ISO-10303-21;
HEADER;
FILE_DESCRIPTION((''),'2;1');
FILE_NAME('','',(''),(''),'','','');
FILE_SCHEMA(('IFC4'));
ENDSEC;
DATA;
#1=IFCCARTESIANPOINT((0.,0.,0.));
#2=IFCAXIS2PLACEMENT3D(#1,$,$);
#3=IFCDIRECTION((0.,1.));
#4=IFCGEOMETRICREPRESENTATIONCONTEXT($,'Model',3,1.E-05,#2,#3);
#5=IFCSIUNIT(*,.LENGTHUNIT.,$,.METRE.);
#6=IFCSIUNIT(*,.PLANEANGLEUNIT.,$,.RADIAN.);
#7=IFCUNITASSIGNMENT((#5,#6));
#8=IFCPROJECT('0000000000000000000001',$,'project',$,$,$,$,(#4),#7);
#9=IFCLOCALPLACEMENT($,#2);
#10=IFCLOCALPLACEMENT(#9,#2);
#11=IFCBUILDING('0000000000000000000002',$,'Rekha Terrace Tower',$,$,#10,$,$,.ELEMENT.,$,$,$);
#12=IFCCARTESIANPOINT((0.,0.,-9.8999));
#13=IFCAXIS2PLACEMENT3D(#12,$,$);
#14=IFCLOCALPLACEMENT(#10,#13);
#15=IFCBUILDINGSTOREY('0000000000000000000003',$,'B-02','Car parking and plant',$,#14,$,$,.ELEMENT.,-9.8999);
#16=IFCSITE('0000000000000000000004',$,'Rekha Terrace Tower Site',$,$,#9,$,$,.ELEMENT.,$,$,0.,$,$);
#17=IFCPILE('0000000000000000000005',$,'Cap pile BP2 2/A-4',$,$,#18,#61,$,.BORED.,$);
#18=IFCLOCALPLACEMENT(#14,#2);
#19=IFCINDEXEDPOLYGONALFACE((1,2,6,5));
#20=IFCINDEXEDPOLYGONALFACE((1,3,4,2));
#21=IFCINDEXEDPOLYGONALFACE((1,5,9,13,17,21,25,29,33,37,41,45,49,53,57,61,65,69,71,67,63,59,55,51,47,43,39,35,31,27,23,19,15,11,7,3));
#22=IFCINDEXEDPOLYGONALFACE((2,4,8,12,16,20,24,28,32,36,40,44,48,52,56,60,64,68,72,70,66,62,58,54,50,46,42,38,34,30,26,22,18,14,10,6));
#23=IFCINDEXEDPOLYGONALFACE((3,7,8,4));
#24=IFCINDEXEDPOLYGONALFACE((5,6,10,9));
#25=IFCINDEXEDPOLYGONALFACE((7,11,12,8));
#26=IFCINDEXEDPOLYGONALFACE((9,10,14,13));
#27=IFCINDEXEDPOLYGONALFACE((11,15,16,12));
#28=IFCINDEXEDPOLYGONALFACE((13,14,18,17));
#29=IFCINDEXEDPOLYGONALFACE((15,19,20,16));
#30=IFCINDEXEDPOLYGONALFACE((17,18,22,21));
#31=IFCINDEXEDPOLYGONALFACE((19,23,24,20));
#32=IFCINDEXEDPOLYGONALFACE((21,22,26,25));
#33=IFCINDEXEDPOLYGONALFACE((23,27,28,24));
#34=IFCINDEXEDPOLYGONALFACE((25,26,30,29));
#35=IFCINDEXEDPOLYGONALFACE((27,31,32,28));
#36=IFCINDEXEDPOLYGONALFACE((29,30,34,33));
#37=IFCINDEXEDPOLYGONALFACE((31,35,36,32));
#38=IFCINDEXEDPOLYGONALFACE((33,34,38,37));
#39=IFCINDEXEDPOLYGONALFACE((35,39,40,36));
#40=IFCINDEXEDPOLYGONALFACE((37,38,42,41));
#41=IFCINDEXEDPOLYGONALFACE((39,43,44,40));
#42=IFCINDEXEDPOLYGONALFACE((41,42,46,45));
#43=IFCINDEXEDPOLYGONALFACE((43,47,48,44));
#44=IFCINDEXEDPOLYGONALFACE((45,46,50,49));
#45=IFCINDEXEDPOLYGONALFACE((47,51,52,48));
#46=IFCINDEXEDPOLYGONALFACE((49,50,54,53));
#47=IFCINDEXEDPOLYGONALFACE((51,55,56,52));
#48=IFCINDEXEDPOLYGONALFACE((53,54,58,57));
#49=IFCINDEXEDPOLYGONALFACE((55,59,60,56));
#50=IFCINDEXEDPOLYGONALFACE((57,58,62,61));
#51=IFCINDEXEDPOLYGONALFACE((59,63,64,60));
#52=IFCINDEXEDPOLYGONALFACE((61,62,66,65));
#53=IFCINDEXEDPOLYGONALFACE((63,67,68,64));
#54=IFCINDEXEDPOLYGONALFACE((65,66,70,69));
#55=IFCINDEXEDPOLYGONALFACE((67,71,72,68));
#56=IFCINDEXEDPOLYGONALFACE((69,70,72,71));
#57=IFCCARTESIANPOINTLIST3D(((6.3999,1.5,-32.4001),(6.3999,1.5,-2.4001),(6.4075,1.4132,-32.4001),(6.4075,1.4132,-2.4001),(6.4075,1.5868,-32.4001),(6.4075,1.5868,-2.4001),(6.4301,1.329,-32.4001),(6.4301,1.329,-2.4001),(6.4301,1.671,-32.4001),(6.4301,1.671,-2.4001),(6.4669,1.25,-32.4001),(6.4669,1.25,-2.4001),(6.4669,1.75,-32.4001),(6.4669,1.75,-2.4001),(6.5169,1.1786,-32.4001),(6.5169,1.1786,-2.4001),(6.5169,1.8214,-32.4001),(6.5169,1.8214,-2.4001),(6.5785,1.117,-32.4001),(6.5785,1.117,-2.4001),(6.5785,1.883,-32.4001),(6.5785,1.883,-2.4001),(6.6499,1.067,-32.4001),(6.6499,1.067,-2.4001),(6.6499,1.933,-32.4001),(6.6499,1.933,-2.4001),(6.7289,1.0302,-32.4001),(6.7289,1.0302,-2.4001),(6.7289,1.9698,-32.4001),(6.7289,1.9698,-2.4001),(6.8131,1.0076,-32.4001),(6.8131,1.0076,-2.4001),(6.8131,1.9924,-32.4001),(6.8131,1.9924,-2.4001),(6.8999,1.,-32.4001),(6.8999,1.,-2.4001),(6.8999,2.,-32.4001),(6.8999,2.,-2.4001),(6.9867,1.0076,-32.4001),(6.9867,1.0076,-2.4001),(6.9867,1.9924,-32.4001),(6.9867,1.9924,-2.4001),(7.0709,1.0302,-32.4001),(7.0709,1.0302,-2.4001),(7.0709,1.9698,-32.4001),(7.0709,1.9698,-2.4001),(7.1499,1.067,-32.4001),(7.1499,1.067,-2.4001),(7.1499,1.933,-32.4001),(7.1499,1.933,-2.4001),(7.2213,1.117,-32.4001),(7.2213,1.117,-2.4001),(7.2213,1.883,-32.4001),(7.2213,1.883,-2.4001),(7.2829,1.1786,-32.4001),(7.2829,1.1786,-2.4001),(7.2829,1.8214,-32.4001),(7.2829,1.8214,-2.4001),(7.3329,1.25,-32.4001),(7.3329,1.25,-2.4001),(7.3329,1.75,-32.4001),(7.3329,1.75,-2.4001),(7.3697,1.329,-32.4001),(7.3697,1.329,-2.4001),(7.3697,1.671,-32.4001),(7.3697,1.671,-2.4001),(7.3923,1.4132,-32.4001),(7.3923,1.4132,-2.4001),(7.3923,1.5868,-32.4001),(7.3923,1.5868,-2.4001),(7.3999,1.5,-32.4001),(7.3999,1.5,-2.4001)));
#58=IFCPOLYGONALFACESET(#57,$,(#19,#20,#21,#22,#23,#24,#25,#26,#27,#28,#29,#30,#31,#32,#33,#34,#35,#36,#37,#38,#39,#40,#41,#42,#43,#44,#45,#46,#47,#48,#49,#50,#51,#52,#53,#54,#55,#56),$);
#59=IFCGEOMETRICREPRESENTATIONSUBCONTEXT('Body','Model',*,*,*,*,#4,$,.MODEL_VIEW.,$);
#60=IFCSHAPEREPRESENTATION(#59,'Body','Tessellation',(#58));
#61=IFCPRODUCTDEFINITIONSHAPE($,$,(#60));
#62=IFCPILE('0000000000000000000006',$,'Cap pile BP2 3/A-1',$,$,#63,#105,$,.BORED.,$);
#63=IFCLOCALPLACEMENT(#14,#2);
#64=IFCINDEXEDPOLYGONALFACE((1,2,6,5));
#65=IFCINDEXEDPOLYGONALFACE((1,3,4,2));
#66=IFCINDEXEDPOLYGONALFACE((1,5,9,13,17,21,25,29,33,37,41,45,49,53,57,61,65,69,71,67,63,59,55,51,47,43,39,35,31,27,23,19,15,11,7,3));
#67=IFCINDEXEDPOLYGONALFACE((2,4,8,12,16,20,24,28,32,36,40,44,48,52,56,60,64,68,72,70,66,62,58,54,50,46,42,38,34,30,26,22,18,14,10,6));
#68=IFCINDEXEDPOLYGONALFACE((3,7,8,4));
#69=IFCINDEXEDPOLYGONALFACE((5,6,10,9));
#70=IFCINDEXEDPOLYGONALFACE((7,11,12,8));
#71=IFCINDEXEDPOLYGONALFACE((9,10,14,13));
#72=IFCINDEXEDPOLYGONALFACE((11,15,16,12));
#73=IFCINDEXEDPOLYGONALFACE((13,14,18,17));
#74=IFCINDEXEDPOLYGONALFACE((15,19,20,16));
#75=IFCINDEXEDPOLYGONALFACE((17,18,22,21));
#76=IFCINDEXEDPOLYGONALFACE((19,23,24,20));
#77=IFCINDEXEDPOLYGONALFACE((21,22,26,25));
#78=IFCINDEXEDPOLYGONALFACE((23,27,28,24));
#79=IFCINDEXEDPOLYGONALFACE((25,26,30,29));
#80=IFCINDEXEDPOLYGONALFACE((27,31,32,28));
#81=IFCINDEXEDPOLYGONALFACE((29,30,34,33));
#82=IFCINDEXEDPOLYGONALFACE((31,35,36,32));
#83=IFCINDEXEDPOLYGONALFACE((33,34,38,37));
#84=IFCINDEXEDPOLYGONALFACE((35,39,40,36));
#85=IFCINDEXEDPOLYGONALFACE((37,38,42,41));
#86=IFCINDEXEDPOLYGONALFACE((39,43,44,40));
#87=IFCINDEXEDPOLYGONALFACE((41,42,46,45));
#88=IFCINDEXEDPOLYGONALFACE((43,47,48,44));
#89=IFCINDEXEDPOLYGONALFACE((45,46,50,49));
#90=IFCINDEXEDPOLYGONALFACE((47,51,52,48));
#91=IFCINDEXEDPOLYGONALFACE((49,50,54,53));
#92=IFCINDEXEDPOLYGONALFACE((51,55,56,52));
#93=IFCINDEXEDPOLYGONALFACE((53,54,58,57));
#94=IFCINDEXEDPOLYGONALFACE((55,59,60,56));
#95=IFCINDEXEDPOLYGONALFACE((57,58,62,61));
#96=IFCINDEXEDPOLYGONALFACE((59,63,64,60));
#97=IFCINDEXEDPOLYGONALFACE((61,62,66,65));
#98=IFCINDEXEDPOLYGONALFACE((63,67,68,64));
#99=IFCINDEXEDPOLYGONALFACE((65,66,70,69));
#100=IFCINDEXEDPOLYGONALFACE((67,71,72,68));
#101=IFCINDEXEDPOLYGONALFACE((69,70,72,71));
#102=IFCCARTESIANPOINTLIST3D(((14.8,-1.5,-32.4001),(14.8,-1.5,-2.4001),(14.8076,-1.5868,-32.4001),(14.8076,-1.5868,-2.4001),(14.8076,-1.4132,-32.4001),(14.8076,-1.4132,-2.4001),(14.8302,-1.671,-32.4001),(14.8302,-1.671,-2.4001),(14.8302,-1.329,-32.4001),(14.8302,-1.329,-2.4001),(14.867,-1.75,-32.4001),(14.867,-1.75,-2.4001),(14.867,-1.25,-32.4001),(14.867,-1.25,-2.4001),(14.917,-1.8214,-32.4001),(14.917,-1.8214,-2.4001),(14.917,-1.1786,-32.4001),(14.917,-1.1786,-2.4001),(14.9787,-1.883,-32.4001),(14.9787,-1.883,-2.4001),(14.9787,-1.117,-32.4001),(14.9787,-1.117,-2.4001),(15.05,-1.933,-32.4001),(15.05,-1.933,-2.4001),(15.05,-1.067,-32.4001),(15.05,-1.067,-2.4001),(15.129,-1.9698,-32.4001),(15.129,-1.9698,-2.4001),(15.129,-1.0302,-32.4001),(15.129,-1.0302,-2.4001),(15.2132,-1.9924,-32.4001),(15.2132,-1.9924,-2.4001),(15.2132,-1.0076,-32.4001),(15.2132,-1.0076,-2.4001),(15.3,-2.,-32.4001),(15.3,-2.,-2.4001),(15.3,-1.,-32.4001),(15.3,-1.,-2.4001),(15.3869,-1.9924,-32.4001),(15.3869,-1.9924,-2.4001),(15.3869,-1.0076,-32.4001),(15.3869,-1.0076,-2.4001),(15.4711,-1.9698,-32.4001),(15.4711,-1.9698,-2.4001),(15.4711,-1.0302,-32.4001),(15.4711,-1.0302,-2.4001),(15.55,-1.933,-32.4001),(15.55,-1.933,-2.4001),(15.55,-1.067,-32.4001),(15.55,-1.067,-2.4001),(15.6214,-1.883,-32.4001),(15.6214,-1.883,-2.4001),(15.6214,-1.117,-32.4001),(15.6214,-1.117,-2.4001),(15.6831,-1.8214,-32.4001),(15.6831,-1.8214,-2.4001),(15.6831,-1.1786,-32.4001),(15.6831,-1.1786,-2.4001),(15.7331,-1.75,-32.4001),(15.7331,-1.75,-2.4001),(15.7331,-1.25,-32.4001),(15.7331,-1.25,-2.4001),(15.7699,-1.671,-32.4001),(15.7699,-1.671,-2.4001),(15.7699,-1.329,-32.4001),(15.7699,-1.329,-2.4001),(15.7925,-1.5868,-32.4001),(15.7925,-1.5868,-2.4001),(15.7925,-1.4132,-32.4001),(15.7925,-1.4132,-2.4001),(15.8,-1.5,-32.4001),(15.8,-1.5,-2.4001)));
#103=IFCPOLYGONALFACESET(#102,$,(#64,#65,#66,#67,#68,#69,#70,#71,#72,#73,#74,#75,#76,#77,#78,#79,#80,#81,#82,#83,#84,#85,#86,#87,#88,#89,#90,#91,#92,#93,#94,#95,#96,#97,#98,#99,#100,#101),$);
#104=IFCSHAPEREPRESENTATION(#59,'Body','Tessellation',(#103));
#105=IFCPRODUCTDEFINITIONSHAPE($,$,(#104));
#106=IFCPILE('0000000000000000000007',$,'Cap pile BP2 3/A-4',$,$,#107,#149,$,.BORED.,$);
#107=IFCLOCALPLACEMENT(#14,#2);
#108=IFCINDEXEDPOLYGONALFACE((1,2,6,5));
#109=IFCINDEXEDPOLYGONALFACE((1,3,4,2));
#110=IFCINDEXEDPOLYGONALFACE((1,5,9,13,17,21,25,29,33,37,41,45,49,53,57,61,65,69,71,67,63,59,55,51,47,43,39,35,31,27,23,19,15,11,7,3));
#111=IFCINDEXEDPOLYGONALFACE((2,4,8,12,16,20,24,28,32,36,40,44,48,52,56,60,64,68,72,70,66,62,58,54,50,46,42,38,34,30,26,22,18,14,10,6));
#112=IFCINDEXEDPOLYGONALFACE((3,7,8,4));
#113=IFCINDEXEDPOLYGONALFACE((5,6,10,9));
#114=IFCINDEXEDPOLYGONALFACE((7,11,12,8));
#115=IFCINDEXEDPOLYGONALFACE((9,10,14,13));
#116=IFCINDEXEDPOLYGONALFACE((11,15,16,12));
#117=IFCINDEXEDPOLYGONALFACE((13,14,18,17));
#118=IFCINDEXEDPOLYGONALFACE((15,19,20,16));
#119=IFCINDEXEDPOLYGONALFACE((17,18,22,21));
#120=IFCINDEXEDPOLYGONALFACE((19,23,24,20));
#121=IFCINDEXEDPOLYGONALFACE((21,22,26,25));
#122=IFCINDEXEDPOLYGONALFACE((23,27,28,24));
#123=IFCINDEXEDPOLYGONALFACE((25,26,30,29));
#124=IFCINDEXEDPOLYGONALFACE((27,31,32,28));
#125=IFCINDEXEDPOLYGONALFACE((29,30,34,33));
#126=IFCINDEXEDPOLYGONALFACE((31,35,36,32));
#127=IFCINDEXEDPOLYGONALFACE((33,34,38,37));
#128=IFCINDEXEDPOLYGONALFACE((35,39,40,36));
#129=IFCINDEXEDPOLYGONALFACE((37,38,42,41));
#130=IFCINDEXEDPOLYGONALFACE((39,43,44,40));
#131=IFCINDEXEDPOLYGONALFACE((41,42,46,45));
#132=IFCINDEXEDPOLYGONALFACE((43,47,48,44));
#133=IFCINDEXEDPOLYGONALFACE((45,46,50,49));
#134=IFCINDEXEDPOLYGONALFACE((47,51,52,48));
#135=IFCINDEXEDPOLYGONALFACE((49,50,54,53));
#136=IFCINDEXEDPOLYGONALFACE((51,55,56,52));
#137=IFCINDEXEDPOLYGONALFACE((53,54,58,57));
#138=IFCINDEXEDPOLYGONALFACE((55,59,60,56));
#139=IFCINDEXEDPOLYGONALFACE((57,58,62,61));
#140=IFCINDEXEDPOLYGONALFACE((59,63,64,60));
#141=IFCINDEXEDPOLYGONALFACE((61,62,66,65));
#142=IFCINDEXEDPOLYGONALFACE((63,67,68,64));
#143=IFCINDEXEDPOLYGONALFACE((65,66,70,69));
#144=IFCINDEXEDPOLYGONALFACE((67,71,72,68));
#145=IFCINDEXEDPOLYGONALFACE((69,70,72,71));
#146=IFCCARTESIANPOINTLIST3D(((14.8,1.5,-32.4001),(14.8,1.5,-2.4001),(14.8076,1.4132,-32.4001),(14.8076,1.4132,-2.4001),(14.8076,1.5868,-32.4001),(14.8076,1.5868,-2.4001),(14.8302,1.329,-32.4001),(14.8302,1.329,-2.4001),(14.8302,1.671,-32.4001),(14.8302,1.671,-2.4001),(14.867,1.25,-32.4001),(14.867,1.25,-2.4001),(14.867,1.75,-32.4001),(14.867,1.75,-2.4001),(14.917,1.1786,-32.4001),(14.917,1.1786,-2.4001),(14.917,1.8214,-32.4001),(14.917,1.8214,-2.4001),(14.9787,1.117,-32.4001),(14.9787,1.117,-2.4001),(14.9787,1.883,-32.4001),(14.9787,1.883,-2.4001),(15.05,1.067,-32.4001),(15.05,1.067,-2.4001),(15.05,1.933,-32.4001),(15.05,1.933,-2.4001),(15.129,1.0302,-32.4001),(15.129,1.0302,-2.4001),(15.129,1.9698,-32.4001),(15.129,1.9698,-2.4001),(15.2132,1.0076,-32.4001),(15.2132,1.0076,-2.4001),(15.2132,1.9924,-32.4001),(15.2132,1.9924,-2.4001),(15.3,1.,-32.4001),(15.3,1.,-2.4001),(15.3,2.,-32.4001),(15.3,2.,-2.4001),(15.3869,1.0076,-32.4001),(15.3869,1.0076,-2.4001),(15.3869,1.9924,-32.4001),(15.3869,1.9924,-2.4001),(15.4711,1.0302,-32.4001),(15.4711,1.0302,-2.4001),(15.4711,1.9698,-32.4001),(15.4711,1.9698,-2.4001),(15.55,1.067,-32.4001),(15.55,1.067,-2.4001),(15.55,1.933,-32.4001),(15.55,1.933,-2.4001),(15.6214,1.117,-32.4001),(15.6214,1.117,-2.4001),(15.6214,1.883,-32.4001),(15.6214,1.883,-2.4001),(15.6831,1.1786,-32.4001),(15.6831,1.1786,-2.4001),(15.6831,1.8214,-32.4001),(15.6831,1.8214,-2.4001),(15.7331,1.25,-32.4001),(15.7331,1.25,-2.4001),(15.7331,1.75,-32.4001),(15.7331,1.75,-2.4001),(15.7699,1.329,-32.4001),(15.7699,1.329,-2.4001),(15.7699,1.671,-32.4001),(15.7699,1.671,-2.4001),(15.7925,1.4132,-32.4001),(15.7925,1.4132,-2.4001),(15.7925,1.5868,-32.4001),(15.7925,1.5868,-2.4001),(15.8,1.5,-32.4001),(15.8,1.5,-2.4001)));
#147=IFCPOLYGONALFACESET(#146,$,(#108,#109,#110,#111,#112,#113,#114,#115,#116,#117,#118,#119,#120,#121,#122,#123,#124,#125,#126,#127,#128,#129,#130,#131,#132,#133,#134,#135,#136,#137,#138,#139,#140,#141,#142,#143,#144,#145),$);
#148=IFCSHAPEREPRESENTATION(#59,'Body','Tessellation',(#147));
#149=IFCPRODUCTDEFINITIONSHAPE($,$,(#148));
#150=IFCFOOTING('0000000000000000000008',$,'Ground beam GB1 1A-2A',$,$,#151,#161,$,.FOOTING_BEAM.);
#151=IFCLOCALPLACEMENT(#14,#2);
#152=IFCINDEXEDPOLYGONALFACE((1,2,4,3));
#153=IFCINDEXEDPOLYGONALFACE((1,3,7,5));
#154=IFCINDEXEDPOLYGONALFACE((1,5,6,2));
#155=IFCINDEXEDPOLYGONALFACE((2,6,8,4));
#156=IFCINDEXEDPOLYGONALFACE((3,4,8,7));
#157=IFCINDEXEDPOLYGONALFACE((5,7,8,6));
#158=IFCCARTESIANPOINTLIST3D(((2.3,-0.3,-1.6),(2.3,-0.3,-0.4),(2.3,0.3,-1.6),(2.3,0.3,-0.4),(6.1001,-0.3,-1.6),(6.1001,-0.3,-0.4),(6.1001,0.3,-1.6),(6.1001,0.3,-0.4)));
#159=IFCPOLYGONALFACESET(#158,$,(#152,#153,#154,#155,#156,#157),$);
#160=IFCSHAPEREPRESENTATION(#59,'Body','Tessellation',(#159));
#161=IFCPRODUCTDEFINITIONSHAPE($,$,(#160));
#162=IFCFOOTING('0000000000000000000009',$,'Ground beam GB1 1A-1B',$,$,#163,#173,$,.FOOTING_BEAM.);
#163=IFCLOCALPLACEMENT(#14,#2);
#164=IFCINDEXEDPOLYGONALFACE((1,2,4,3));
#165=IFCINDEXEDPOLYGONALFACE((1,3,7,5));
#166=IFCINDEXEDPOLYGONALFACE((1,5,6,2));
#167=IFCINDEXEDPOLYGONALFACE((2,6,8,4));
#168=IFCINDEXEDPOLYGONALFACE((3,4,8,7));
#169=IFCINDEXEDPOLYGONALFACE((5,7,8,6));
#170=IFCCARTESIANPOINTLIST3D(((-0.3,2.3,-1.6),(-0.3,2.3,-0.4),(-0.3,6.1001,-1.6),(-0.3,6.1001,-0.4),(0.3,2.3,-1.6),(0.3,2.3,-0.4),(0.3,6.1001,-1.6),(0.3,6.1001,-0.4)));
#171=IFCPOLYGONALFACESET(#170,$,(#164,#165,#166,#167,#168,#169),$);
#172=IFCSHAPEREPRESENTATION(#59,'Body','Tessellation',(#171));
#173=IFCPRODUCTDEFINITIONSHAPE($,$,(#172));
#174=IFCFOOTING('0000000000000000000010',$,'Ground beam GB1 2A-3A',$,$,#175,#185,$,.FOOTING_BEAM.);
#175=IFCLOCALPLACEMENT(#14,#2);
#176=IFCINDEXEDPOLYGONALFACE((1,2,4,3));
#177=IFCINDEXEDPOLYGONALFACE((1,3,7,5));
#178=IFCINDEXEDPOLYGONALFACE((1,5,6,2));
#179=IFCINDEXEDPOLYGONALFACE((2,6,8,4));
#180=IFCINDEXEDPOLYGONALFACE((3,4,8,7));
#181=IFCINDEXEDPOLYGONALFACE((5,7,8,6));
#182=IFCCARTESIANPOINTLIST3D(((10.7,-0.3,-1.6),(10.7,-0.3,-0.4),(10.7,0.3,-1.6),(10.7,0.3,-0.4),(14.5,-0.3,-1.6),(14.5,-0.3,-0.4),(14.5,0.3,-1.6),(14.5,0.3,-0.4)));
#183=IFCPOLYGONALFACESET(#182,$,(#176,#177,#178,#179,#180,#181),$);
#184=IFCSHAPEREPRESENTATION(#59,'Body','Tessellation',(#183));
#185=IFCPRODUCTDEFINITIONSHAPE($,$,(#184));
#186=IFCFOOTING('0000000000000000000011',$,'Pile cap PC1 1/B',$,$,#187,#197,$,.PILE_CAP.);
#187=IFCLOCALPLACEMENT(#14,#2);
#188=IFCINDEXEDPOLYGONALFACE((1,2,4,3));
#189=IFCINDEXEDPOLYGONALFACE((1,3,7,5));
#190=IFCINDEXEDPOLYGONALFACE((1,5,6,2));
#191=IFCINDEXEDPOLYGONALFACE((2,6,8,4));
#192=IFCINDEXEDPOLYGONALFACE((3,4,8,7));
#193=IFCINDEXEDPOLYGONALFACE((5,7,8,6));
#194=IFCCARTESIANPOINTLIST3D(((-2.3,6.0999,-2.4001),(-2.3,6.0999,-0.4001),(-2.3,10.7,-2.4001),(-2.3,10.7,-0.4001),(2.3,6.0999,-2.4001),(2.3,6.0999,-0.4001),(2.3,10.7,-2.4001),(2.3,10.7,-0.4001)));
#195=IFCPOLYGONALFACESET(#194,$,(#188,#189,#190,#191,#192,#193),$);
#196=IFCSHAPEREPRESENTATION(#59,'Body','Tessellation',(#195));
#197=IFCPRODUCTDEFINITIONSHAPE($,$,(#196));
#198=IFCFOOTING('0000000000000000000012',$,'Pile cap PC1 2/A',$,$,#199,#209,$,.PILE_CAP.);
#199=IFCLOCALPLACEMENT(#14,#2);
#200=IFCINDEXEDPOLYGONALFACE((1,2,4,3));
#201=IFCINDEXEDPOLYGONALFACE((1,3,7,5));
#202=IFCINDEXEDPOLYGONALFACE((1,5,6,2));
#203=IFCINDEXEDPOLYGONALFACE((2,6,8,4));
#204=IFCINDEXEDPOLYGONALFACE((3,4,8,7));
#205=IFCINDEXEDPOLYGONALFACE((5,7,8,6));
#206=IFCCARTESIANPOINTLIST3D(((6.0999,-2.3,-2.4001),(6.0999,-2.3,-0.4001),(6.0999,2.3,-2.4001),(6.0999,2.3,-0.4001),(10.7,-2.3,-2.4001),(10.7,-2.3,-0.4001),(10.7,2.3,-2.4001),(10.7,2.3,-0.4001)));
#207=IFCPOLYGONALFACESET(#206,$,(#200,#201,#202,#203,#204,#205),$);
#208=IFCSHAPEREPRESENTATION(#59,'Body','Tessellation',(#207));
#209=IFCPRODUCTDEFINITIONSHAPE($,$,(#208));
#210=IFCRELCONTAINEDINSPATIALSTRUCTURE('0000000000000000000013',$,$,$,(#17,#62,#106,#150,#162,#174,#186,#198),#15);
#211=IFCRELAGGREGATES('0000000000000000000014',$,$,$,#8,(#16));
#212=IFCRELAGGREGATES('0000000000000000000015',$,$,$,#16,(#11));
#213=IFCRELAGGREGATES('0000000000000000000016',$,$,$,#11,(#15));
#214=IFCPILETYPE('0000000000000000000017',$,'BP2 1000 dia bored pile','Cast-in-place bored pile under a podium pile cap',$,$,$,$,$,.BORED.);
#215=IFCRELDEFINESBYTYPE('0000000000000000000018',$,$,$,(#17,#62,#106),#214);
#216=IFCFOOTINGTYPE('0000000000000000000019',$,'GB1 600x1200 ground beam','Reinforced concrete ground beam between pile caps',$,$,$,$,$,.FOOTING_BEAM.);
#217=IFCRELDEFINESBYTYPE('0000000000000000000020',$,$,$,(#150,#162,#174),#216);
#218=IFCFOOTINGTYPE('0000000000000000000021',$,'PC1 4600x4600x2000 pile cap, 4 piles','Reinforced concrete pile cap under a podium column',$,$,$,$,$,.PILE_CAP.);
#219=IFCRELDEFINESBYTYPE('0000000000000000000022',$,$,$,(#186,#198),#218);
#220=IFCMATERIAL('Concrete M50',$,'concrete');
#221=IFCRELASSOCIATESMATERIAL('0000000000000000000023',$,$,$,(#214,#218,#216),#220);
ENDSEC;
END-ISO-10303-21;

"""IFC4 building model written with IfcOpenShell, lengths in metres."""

from ifc_helpers import new_model, si_unit, direction, frame, origin, origin_2d, place, context, subcontext, project, spatial, rectangle, circle, extrude, material, material_profile, profile_set, type_object, element, save


model = new_model("IFC4")

# Units and contexts
model_context = context("Model", 3, precision=1e-05, world=origin(), true_north=direction((0.0, 1.0)))
body_context = subcontext(model_context, "Body", "Model", "MODEL_VIEW")
ifc_project = project(units=[si_unit("LENGTHUNIT", "METRE"), si_unit("PLANEANGLEUNIT", "RADIAN")], contexts=[model_context])

# Site, building, storey
site_placement = place(None, origin())
site = spatial("IfcSite", under=ifc_project, at=site_placement, Name="Rekha Terrace Tower Site", CompositionType="ELEMENT", RefElevation=0.0)
building_placement = place(site_placement, origin())
building = spatial("IfcBuilding", under=site, at=building_placement, Name="Rekha Terrace Tower", CompositionType="ELEMENT")
storey_placement = place(building_placement, frame((0.0, 0.0, -9.8999)))
storey = spatial("IfcBuildingStorey", under=building, at=storey_placement, Name="B-02", Description="Car parking and plant", CompositionType="ELEMENT", Elevation=-9.8999)

# Piles
ifc_material_1 = material(Name="Concrete M50", Category="concrete")
pile_type_1 = type_object("IfcPileType", Name="BP2 1000 dia bored pile", Description="Cast-in-place bored pile under a podium pile cap", PredefinedType="BORED", material=ifc_material_1)
for number, where, z_axis, x_axis, name in (
    (1, (6.8999, 1.5, -2.4001), (0.0, 0.0, -1.0), (1.0, 0.0, 0.0), "Cap pile BP2 2/A-4"),
    (2, (15.3, -1.5, -2.4001), (0.0, 0.0, -1.0), (1.0, 0.0, 0.0), "Cap pile BP2 3/A-1"),
    (3, (15.3, 1.5, -2.4001), (0.0, 0.0, -1.0), (1.0, 0.0, 0.0), "Cap pile BP2 3/A-4"),
):
    element("IfcPile", number, at=place(storey_placement, frame(where, z_axis=z_axis, x_axis=x_axis)), inside=storey, type_object=pile_type_1, Name=name, PredefinedType="BORED", context=body_context, shape_type="SweptSolid", body=[
        extrude(circle(Radius=0.5, at=origin_2d()), origin(), (0.0, 0.0, 1.0), 30.0),
    ])

# Footings
ifc_material_profile_1 = material_profile(ifc_material_1, rectangle(XDim=0.6001, YDim=1.2, at=origin_2d()), Name="RC 600x1200")
ifc_profile_set_1 = profile_set([ifc_material_profile_1], Name="Concrete M50")
footing_type_1 = type_object("IfcFootingType", Name="GB1 600x1200 ground beam", Description="Reinforced concrete ground beam between pile caps", PredefinedType="FOOTING_BEAM", material=ifc_profile_set_1)
for number, where, z_axis, x_axis, name in (
    (4, (2.3, 0.0, -1.0), (1.0, 0.0, 0.0), (0.0, 1.0, 0.0), "Ground beam GB1 1A-2A"),
    (5, (0.0, 2.3, -1.0), (0.0, 1.0, 0.0), (-1.0, 0.0, 0.0), "Ground beam GB1 1A-1B"),
    (6, (10.7, 0.0, -1.0), (1.0, 0.0, 0.0), (0.0, 1.0, 0.0), "Ground beam GB1 2A-3A"),
):
    element("IfcFooting", number, at=place(storey_placement, frame(where, z_axis=z_axis, x_axis=x_axis)), inside=storey, type_object=footing_type_1, Name=name, PredefinedType="FOOTING_BEAM", context=body_context, shape_type="SweptSolid", body=[
        extrude(rectangle(XDim=0.6001, YDim=1.2, at=origin_2d()), origin(), (0.0, 0.0, 1.0), 3.8),
    ])
footing_type_2 = type_object("IfcFootingType", Name="PC1 4600x4600x2000 pile cap, 4 piles", Description="Reinforced concrete pile cap under a podium column", PredefinedType="PILE_CAP", material=ifc_material_1)
for number, where, z_axis, x_axis, name in (
    (7, (0.0, 8.3999, -2.4001), (0.0, 0.0, 1.0), (1.0, 0.0, 0.0), "Pile cap PC1 1/B"),
    (8, (8.3999, 0.0, -2.4001), (0.0, 0.0, 1.0), (1.0, 0.0, 0.0), "Pile cap PC1 2/A"),
):
    element("IfcFooting", number, at=place(storey_placement, frame(where, z_axis=z_axis, x_axis=x_axis)), inside=storey, type_object=footing_type_2, Name=name, PredefinedType="PILE_CAP", context=body_context, shape_type="SweptSolid", body=[
        extrude(rectangle(XDim=4.6001, YDim=4.6001, at=origin_2d()), origin(), (0.0, 0.0, 1.0), 2.0),
    ])

save(model, "model.ifc")
